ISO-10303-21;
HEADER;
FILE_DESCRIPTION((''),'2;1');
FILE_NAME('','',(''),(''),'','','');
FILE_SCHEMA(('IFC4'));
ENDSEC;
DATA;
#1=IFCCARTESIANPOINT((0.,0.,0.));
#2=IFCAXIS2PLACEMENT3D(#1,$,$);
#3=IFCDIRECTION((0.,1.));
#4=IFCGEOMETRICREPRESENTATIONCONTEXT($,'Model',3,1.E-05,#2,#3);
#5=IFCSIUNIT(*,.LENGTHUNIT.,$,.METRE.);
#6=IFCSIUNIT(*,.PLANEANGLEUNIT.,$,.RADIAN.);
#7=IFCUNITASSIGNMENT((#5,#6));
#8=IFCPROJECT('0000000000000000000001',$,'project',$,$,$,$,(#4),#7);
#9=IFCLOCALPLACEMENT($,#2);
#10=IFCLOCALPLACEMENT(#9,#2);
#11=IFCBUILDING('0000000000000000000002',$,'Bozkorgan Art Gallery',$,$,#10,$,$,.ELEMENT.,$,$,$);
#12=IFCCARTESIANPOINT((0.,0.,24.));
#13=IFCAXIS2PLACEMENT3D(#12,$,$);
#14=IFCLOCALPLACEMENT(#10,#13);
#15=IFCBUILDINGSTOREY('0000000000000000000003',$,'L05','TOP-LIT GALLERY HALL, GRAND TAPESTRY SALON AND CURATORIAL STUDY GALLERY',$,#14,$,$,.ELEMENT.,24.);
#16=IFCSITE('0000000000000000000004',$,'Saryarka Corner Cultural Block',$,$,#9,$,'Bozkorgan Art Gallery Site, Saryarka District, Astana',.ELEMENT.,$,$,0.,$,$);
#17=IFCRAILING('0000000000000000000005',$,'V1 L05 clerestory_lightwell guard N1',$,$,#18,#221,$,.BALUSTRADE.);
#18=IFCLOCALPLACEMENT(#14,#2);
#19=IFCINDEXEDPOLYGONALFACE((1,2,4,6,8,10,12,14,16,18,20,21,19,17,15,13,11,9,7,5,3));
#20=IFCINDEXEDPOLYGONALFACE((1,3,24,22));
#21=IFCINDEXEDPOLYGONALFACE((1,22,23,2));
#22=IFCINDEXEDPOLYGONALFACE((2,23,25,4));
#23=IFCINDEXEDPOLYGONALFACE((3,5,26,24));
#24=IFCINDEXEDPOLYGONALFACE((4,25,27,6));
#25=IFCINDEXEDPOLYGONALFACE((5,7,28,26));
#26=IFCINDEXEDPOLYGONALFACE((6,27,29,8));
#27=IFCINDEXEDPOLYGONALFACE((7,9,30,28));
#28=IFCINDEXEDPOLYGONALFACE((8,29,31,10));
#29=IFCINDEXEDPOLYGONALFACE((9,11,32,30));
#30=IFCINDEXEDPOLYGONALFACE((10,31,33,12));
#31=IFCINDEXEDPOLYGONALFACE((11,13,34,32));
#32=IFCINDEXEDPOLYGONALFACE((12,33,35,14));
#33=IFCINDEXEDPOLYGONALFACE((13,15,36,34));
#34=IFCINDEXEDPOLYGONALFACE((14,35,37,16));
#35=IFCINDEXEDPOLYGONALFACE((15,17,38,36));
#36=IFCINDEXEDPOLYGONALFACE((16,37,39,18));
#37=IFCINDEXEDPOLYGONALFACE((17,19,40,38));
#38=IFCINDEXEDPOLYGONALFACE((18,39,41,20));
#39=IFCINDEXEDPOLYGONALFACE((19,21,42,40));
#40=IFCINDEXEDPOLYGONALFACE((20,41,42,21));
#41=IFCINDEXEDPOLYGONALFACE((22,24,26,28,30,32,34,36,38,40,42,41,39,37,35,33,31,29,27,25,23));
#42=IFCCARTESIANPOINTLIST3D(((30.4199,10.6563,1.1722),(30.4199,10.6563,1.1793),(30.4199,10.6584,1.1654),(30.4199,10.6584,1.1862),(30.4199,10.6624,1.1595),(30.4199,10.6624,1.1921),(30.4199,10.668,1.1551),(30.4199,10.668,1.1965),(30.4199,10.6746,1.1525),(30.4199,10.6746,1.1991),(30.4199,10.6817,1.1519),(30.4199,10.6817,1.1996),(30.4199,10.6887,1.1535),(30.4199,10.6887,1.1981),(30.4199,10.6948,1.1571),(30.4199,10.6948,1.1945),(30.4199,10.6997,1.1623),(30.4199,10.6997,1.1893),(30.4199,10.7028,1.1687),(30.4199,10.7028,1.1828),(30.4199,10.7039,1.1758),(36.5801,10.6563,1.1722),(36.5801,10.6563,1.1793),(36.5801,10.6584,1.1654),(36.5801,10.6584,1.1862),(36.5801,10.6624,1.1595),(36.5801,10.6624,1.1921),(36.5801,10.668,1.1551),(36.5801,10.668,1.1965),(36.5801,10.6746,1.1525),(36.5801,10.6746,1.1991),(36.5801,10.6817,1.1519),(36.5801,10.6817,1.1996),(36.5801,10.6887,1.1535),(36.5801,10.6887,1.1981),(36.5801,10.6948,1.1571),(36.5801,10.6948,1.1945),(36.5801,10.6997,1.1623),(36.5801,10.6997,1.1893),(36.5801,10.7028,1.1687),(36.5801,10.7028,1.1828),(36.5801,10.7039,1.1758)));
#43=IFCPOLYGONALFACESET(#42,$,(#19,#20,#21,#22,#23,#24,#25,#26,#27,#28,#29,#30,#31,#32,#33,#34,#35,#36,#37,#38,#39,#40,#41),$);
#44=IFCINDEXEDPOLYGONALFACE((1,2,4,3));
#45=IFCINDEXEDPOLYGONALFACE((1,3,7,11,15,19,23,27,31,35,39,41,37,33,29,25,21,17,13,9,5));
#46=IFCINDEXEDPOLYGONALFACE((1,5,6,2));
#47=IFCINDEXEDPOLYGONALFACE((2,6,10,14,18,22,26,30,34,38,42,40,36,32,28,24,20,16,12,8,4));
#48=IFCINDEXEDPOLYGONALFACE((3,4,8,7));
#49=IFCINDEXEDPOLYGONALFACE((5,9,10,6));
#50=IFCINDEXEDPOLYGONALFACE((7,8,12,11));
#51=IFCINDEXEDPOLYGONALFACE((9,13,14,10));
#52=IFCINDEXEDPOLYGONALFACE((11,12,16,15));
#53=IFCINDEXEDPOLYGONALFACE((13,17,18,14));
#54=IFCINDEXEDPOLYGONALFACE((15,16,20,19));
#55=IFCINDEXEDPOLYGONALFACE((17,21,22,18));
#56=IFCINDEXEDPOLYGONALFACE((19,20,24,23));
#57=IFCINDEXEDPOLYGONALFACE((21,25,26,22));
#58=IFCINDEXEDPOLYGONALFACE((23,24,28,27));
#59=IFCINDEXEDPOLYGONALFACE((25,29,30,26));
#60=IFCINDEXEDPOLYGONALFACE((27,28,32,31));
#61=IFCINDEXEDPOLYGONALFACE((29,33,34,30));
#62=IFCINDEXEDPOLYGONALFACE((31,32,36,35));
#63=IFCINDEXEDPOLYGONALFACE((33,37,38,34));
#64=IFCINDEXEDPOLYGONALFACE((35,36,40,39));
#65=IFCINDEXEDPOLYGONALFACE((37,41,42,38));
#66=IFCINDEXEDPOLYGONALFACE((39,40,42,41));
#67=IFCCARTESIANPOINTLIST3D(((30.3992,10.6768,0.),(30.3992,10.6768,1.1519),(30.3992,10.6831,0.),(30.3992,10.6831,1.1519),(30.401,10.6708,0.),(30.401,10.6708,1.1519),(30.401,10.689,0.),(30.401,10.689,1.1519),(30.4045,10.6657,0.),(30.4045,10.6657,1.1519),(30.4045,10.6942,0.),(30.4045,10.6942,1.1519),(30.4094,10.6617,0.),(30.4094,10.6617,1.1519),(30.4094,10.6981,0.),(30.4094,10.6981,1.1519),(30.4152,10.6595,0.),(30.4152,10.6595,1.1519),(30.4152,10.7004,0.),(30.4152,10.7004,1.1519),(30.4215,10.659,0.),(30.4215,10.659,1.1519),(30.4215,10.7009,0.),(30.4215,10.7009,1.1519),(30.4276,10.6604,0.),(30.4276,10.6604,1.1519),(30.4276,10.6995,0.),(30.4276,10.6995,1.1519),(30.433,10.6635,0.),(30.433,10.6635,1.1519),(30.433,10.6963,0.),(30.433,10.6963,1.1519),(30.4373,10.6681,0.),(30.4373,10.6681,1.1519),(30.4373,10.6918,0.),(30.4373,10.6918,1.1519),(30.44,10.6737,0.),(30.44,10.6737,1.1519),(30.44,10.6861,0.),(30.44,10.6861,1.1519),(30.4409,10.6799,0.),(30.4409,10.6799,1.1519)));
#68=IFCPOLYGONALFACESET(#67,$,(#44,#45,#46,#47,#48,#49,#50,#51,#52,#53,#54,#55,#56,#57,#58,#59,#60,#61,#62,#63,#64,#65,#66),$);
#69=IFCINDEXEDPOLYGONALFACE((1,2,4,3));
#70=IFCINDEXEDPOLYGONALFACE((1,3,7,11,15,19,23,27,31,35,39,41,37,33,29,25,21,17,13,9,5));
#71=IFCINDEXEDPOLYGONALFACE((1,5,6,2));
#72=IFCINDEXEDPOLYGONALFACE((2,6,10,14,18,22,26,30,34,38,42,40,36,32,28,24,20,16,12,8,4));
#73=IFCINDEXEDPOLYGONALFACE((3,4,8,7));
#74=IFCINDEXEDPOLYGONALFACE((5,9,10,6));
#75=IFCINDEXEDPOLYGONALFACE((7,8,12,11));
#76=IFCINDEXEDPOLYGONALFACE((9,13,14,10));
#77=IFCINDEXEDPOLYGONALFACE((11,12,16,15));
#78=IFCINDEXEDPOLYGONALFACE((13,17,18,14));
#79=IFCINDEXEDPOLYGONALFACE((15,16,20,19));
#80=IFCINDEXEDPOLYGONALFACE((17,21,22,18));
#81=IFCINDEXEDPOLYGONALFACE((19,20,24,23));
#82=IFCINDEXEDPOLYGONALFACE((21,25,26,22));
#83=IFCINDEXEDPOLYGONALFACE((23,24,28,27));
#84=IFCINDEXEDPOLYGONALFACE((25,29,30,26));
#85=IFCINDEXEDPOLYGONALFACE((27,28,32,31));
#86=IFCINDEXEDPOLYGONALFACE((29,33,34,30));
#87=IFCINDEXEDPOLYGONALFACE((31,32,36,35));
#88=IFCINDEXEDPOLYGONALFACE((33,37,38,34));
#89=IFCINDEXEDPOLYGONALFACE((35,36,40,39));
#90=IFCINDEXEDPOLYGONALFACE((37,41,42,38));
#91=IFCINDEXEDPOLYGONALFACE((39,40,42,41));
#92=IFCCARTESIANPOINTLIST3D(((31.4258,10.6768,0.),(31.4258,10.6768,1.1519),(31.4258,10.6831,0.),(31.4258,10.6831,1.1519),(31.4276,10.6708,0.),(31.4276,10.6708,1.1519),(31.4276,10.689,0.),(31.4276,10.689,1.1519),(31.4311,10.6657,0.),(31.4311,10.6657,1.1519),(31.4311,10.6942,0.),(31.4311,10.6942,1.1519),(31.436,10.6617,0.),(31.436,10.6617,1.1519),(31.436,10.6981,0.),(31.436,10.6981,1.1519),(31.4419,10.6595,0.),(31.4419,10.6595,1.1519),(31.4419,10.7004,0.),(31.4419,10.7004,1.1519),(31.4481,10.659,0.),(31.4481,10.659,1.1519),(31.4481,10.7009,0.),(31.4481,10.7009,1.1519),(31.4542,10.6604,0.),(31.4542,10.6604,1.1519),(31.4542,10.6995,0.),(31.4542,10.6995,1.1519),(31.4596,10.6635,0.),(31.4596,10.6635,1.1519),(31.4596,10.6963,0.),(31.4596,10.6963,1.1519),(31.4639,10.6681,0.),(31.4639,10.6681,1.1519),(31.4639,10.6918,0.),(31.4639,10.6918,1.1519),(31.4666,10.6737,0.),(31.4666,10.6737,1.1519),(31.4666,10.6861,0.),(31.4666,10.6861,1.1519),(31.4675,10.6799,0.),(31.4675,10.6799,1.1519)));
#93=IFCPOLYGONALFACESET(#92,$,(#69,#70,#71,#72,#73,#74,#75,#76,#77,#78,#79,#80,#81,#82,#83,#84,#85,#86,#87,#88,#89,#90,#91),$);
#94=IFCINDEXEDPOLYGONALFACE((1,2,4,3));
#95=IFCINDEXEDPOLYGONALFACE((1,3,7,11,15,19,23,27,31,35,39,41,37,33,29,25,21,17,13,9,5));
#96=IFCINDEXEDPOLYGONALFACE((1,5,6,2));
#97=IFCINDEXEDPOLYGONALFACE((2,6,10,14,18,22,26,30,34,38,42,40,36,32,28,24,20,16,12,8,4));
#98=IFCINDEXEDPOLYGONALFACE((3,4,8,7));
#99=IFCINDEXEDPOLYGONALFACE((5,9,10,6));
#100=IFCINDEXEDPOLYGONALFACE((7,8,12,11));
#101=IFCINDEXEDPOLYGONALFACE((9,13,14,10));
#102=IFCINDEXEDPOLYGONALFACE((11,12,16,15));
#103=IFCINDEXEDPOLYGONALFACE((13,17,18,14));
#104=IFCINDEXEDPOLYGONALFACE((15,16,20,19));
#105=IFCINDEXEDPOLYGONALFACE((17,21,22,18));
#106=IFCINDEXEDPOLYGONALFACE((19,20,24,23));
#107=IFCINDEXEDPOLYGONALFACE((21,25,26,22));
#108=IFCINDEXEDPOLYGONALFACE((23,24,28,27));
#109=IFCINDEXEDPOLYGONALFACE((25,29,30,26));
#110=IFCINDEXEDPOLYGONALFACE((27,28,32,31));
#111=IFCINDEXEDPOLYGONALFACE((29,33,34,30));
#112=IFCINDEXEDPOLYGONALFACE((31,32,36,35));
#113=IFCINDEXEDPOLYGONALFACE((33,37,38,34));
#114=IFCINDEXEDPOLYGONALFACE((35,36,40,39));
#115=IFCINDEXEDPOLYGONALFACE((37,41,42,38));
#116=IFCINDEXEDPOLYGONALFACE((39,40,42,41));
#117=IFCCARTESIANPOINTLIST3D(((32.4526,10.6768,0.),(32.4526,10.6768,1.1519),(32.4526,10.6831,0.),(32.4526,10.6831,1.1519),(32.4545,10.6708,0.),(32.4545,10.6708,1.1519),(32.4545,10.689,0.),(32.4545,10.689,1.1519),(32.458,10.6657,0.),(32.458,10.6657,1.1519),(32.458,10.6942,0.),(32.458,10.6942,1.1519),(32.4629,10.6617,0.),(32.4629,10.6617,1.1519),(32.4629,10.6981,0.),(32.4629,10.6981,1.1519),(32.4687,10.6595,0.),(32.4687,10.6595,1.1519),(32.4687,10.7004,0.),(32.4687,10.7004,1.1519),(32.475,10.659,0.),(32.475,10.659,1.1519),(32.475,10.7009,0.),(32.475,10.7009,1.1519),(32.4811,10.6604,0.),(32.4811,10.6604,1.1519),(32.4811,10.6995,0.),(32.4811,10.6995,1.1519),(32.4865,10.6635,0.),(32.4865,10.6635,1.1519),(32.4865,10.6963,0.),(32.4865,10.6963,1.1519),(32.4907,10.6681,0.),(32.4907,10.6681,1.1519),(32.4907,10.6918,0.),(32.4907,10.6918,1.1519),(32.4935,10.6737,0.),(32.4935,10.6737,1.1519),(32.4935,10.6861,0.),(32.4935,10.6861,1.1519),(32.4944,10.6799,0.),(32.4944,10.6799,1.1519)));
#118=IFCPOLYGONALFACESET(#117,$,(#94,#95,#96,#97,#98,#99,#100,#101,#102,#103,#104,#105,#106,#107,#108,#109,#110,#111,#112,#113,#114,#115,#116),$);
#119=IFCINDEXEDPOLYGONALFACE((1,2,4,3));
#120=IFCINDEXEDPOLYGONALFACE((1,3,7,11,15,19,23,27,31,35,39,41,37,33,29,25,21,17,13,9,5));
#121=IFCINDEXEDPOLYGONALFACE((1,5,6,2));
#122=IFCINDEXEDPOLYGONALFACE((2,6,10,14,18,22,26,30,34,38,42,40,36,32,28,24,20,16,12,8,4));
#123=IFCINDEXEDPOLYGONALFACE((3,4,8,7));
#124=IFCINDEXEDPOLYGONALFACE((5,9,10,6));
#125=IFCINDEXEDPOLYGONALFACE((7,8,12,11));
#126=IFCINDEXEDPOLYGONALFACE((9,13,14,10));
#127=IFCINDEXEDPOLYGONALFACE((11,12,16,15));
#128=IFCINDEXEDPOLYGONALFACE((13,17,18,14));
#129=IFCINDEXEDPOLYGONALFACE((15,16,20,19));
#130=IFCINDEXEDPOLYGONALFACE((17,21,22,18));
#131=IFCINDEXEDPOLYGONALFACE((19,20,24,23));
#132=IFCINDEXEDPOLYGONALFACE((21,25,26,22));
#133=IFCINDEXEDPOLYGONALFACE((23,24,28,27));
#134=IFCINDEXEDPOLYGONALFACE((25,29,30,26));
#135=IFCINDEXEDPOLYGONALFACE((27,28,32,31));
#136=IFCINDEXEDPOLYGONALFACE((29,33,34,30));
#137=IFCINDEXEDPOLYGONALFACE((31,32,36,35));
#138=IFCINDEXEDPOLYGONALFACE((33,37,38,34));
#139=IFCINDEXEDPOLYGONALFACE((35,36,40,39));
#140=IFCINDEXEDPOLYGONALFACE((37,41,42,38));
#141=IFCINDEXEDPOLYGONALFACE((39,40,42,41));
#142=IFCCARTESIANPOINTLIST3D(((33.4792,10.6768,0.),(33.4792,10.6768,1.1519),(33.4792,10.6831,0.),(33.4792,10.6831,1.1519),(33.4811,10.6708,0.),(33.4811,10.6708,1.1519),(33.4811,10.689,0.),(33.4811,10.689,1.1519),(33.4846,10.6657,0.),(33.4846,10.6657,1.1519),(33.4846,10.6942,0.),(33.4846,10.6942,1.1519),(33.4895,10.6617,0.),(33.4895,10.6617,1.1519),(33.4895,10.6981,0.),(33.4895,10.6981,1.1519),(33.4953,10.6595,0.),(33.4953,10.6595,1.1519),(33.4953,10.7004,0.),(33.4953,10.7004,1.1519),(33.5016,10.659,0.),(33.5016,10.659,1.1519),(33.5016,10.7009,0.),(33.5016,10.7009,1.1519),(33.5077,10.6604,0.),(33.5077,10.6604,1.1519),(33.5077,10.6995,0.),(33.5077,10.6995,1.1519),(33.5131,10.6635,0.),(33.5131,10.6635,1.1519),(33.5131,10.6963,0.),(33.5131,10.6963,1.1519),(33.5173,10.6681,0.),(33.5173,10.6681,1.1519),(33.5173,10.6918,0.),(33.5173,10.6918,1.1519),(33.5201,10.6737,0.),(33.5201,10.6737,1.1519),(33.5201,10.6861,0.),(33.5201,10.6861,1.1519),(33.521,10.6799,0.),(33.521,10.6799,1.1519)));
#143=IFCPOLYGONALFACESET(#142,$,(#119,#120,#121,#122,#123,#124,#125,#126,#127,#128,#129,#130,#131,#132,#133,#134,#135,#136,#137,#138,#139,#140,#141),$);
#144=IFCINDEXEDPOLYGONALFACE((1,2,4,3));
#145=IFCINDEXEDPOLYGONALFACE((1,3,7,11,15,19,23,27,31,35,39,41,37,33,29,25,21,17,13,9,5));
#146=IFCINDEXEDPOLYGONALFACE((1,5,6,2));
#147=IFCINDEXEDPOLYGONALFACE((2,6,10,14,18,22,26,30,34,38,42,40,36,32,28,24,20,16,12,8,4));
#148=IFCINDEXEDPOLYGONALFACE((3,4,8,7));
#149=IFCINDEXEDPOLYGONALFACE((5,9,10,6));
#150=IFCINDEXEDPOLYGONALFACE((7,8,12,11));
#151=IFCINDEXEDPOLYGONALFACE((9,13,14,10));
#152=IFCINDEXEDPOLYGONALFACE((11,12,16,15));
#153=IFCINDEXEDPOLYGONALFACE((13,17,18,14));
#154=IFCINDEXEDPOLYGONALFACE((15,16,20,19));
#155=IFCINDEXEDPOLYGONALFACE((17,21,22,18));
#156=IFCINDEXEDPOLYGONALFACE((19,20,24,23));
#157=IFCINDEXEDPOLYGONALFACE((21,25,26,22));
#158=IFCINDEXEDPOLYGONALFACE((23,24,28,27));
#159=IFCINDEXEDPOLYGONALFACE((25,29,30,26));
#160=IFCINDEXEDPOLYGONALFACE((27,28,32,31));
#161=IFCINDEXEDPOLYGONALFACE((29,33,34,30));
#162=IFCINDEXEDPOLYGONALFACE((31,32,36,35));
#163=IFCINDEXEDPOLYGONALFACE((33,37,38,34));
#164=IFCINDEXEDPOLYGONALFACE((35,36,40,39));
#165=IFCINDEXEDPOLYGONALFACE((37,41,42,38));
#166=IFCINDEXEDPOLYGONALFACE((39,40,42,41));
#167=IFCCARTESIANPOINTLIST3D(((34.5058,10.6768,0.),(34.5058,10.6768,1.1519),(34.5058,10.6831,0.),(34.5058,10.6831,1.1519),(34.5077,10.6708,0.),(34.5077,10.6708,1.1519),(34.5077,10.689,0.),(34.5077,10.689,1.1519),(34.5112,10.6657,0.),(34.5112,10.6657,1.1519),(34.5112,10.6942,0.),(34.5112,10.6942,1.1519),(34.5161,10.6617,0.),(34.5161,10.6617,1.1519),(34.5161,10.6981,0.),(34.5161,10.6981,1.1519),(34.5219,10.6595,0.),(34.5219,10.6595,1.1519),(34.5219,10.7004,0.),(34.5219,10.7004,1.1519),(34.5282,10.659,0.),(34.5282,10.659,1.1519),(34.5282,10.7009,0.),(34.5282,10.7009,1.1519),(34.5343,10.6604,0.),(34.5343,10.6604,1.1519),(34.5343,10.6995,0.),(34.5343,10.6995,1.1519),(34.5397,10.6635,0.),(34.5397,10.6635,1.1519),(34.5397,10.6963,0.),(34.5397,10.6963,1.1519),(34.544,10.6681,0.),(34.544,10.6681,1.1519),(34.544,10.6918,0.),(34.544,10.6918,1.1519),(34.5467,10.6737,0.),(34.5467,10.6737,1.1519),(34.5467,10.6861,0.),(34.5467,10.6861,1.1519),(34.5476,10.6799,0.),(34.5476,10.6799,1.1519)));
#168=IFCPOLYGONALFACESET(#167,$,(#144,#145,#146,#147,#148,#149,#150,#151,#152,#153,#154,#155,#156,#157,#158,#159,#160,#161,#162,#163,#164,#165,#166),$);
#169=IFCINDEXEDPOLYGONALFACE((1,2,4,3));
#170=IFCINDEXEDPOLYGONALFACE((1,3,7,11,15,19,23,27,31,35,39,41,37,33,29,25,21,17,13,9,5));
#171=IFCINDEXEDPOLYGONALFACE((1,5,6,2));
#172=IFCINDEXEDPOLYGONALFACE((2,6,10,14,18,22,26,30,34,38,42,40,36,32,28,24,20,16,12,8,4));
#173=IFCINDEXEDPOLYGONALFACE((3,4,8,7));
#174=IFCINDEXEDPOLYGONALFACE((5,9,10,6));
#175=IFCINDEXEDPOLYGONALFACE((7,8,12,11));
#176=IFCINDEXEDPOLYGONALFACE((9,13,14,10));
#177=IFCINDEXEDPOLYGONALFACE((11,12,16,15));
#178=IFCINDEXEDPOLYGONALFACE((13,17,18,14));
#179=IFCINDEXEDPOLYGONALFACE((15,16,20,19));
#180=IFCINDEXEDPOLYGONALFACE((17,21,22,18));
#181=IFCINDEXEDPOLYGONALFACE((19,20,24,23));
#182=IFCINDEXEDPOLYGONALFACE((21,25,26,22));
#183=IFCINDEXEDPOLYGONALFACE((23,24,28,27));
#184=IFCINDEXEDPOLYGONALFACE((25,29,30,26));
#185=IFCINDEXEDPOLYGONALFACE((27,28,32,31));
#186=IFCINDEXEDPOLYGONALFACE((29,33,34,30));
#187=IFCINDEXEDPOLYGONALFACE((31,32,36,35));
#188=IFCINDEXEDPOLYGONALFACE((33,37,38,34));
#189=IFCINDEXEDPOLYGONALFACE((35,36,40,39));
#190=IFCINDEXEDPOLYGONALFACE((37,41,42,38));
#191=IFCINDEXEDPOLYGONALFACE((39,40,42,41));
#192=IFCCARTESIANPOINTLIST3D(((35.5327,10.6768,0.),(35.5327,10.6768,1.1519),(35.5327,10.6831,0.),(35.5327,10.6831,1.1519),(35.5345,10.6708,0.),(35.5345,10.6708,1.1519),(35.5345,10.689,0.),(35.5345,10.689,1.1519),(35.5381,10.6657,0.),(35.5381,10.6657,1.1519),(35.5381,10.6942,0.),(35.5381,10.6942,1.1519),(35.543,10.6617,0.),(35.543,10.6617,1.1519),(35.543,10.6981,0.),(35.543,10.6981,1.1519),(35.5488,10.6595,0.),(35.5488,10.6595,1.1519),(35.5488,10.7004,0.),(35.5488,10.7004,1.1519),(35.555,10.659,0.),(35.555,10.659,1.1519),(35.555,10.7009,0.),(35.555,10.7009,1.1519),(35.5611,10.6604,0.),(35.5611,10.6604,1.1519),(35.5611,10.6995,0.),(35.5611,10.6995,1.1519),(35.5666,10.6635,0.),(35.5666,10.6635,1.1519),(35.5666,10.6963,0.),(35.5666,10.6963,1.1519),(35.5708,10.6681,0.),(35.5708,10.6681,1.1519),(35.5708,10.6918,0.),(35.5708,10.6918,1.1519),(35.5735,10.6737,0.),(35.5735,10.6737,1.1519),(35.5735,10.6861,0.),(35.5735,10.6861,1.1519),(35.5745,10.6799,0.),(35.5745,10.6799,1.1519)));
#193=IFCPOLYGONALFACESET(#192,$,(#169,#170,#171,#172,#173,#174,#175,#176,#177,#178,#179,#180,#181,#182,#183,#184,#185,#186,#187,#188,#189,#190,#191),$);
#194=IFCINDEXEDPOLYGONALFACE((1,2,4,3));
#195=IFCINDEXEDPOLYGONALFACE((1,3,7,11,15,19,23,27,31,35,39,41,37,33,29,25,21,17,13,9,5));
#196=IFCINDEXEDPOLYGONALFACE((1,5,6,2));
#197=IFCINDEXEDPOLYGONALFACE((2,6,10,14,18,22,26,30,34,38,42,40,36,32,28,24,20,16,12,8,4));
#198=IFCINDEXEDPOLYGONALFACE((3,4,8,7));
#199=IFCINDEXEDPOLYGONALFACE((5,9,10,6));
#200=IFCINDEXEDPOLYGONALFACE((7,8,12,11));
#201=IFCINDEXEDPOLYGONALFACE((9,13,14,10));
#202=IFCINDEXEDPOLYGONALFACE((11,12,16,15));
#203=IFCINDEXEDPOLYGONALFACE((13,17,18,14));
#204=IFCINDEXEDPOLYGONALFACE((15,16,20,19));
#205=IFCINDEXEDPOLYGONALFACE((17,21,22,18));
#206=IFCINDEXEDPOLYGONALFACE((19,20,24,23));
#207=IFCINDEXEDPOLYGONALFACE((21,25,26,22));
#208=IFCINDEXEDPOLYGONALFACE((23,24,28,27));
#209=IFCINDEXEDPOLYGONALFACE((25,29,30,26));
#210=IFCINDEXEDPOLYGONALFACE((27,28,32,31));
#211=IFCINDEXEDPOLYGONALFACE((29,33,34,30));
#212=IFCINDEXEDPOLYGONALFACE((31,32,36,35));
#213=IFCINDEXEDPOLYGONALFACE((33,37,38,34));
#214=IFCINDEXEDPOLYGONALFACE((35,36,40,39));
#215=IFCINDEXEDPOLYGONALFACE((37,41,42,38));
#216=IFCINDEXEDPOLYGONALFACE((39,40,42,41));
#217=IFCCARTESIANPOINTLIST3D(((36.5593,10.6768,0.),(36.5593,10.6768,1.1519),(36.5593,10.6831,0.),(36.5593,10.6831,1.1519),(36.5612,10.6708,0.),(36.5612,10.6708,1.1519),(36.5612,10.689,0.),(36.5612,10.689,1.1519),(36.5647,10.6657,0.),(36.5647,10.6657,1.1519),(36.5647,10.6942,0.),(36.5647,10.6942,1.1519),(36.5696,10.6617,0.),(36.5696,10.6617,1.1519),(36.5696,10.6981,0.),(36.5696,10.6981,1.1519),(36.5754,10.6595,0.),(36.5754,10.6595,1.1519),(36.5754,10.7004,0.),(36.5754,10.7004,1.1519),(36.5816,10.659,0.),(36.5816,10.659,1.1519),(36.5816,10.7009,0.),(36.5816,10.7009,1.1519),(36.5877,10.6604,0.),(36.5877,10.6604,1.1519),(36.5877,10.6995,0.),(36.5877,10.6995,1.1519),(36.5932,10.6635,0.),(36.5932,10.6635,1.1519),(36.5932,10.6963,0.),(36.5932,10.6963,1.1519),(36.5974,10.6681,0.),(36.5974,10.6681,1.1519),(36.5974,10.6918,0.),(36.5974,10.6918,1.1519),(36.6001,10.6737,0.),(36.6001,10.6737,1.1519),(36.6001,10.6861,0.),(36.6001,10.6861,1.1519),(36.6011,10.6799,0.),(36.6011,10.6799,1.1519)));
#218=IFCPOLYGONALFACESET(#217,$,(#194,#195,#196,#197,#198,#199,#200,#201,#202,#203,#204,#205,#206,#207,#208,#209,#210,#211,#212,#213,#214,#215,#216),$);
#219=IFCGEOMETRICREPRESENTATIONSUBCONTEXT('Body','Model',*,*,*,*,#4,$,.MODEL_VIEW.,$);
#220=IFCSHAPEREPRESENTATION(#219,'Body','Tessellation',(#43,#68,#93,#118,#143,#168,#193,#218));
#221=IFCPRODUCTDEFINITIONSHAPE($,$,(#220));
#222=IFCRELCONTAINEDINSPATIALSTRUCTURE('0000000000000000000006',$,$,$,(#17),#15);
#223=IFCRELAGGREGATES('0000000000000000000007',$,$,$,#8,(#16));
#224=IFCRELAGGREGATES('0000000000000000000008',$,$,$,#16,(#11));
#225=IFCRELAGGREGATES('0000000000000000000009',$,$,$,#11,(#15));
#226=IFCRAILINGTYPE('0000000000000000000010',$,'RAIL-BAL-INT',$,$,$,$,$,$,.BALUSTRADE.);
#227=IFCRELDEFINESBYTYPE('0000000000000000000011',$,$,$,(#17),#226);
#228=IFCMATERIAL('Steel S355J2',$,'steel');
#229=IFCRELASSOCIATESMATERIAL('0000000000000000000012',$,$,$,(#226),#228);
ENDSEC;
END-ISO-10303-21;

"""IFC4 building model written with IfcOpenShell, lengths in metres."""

from ifc_helpers import new_model, si_unit, direction, frame, origin, origin_2d, place, context, subcontext, project, spatial, circle, extrude, material, type_object, element, save


model = new_model("IFC4")

# Units and contexts
model_context = context("Model", 3, precision=1e-05, world=origin(), true_north=direction((0.0, 1.0)))
body_context = subcontext(model_context, "Body", "Model", "MODEL_VIEW")
ifc_project = project(units=[si_unit("LENGTHUNIT", "METRE"), si_unit("PLANEANGLEUNIT", "RADIAN")], contexts=[model_context])

# Site, building, storey
site_placement = place(None, origin())
site = spatial("IfcSite", under=ifc_project, at=site_placement, Name="Saryarka Corner Cultural Block", LongName="Bozkorgan Art Gallery Site, Saryarka District, Astana", CompositionType="ELEMENT", RefElevation=0.0)
building_placement = place(site_placement, origin())
building = spatial("IfcBuilding", under=site, at=building_placement, Name="Bozkorgan Art Gallery", CompositionType="ELEMENT")
storey_placement = place(building_placement, frame((0.0, 0.0, 24.0)))
storey = spatial("IfcBuildingStorey", under=building, at=storey_placement, Name="L05", Description="TOP-LIT GALLERY HALL, GRAND TAPESTRY SALON AND CURATORIAL STUDY GALLERY", CompositionType="ELEMENT", Elevation=24.0)

# Shared definitions
ifc_material_1 = material(Name="Steel S355J2", Category="steel")

# Railing
railing_type = type_object("IfcRailingType", Name="RAIL-BAL-INT", PredefinedType="BALUSTRADE", material=ifc_material_1)
railing_placement = place(storey_placement, frame((30.4199, 10.6799, 0.0)))
element("IfcRailing", 1, at=railing_placement, inside=storey, type_object=railing_type, Name="V1 L05 clerestory_lightwell guard N1", PredefinedType="BALUSTRADE", context=body_context, shape_type="SweptSolid", body=[
    extrude(circle(Radius=0.0239, at=origin_2d()), frame((0.0, 0.0, 1.1758), z_axis=(1.0, 0.0, 0.0), x_axis=(0.0, 1.0, 0.0)), (0.0, 0.0, 1.0), 6.1602),
    extrude(circle(Radius=0.021, at=origin_2d()), origin(), (0.0, 0.0, 1.0), 1.1519),
    extrude(circle(Radius=0.021, at=origin_2d()), frame((1.0266, 0.0, 0.0)), (0.0, 0.0, 1.0), 1.1519),
    extrude(circle(Radius=0.021, at=origin_2d()), frame((2.0535, 0.0, 0.0)), (0.0, 0.0, 1.0), 1.1519),
    extrude(circle(Radius=0.021, at=origin_2d()), frame((3.0801, 0.0, 0.0)), (0.0, 0.0, 1.0), 1.1519),
    extrude(circle(Radius=0.021, at=origin_2d()), frame((4.1067, 0.0, 0.0)), (0.0, 0.0, 1.0), 1.1519),
    extrude(circle(Radius=0.021, at=origin_2d()), frame((5.1335, 0.0, 0.0)), (0.0, 0.0, 1.0), 1.1519),
    extrude(circle(Radius=0.021, at=origin_2d()), frame((6.1602, 0.0, 0.0)), (0.0, 0.0, 1.0), 1.1519),
])

save(model, "model.ifc")
